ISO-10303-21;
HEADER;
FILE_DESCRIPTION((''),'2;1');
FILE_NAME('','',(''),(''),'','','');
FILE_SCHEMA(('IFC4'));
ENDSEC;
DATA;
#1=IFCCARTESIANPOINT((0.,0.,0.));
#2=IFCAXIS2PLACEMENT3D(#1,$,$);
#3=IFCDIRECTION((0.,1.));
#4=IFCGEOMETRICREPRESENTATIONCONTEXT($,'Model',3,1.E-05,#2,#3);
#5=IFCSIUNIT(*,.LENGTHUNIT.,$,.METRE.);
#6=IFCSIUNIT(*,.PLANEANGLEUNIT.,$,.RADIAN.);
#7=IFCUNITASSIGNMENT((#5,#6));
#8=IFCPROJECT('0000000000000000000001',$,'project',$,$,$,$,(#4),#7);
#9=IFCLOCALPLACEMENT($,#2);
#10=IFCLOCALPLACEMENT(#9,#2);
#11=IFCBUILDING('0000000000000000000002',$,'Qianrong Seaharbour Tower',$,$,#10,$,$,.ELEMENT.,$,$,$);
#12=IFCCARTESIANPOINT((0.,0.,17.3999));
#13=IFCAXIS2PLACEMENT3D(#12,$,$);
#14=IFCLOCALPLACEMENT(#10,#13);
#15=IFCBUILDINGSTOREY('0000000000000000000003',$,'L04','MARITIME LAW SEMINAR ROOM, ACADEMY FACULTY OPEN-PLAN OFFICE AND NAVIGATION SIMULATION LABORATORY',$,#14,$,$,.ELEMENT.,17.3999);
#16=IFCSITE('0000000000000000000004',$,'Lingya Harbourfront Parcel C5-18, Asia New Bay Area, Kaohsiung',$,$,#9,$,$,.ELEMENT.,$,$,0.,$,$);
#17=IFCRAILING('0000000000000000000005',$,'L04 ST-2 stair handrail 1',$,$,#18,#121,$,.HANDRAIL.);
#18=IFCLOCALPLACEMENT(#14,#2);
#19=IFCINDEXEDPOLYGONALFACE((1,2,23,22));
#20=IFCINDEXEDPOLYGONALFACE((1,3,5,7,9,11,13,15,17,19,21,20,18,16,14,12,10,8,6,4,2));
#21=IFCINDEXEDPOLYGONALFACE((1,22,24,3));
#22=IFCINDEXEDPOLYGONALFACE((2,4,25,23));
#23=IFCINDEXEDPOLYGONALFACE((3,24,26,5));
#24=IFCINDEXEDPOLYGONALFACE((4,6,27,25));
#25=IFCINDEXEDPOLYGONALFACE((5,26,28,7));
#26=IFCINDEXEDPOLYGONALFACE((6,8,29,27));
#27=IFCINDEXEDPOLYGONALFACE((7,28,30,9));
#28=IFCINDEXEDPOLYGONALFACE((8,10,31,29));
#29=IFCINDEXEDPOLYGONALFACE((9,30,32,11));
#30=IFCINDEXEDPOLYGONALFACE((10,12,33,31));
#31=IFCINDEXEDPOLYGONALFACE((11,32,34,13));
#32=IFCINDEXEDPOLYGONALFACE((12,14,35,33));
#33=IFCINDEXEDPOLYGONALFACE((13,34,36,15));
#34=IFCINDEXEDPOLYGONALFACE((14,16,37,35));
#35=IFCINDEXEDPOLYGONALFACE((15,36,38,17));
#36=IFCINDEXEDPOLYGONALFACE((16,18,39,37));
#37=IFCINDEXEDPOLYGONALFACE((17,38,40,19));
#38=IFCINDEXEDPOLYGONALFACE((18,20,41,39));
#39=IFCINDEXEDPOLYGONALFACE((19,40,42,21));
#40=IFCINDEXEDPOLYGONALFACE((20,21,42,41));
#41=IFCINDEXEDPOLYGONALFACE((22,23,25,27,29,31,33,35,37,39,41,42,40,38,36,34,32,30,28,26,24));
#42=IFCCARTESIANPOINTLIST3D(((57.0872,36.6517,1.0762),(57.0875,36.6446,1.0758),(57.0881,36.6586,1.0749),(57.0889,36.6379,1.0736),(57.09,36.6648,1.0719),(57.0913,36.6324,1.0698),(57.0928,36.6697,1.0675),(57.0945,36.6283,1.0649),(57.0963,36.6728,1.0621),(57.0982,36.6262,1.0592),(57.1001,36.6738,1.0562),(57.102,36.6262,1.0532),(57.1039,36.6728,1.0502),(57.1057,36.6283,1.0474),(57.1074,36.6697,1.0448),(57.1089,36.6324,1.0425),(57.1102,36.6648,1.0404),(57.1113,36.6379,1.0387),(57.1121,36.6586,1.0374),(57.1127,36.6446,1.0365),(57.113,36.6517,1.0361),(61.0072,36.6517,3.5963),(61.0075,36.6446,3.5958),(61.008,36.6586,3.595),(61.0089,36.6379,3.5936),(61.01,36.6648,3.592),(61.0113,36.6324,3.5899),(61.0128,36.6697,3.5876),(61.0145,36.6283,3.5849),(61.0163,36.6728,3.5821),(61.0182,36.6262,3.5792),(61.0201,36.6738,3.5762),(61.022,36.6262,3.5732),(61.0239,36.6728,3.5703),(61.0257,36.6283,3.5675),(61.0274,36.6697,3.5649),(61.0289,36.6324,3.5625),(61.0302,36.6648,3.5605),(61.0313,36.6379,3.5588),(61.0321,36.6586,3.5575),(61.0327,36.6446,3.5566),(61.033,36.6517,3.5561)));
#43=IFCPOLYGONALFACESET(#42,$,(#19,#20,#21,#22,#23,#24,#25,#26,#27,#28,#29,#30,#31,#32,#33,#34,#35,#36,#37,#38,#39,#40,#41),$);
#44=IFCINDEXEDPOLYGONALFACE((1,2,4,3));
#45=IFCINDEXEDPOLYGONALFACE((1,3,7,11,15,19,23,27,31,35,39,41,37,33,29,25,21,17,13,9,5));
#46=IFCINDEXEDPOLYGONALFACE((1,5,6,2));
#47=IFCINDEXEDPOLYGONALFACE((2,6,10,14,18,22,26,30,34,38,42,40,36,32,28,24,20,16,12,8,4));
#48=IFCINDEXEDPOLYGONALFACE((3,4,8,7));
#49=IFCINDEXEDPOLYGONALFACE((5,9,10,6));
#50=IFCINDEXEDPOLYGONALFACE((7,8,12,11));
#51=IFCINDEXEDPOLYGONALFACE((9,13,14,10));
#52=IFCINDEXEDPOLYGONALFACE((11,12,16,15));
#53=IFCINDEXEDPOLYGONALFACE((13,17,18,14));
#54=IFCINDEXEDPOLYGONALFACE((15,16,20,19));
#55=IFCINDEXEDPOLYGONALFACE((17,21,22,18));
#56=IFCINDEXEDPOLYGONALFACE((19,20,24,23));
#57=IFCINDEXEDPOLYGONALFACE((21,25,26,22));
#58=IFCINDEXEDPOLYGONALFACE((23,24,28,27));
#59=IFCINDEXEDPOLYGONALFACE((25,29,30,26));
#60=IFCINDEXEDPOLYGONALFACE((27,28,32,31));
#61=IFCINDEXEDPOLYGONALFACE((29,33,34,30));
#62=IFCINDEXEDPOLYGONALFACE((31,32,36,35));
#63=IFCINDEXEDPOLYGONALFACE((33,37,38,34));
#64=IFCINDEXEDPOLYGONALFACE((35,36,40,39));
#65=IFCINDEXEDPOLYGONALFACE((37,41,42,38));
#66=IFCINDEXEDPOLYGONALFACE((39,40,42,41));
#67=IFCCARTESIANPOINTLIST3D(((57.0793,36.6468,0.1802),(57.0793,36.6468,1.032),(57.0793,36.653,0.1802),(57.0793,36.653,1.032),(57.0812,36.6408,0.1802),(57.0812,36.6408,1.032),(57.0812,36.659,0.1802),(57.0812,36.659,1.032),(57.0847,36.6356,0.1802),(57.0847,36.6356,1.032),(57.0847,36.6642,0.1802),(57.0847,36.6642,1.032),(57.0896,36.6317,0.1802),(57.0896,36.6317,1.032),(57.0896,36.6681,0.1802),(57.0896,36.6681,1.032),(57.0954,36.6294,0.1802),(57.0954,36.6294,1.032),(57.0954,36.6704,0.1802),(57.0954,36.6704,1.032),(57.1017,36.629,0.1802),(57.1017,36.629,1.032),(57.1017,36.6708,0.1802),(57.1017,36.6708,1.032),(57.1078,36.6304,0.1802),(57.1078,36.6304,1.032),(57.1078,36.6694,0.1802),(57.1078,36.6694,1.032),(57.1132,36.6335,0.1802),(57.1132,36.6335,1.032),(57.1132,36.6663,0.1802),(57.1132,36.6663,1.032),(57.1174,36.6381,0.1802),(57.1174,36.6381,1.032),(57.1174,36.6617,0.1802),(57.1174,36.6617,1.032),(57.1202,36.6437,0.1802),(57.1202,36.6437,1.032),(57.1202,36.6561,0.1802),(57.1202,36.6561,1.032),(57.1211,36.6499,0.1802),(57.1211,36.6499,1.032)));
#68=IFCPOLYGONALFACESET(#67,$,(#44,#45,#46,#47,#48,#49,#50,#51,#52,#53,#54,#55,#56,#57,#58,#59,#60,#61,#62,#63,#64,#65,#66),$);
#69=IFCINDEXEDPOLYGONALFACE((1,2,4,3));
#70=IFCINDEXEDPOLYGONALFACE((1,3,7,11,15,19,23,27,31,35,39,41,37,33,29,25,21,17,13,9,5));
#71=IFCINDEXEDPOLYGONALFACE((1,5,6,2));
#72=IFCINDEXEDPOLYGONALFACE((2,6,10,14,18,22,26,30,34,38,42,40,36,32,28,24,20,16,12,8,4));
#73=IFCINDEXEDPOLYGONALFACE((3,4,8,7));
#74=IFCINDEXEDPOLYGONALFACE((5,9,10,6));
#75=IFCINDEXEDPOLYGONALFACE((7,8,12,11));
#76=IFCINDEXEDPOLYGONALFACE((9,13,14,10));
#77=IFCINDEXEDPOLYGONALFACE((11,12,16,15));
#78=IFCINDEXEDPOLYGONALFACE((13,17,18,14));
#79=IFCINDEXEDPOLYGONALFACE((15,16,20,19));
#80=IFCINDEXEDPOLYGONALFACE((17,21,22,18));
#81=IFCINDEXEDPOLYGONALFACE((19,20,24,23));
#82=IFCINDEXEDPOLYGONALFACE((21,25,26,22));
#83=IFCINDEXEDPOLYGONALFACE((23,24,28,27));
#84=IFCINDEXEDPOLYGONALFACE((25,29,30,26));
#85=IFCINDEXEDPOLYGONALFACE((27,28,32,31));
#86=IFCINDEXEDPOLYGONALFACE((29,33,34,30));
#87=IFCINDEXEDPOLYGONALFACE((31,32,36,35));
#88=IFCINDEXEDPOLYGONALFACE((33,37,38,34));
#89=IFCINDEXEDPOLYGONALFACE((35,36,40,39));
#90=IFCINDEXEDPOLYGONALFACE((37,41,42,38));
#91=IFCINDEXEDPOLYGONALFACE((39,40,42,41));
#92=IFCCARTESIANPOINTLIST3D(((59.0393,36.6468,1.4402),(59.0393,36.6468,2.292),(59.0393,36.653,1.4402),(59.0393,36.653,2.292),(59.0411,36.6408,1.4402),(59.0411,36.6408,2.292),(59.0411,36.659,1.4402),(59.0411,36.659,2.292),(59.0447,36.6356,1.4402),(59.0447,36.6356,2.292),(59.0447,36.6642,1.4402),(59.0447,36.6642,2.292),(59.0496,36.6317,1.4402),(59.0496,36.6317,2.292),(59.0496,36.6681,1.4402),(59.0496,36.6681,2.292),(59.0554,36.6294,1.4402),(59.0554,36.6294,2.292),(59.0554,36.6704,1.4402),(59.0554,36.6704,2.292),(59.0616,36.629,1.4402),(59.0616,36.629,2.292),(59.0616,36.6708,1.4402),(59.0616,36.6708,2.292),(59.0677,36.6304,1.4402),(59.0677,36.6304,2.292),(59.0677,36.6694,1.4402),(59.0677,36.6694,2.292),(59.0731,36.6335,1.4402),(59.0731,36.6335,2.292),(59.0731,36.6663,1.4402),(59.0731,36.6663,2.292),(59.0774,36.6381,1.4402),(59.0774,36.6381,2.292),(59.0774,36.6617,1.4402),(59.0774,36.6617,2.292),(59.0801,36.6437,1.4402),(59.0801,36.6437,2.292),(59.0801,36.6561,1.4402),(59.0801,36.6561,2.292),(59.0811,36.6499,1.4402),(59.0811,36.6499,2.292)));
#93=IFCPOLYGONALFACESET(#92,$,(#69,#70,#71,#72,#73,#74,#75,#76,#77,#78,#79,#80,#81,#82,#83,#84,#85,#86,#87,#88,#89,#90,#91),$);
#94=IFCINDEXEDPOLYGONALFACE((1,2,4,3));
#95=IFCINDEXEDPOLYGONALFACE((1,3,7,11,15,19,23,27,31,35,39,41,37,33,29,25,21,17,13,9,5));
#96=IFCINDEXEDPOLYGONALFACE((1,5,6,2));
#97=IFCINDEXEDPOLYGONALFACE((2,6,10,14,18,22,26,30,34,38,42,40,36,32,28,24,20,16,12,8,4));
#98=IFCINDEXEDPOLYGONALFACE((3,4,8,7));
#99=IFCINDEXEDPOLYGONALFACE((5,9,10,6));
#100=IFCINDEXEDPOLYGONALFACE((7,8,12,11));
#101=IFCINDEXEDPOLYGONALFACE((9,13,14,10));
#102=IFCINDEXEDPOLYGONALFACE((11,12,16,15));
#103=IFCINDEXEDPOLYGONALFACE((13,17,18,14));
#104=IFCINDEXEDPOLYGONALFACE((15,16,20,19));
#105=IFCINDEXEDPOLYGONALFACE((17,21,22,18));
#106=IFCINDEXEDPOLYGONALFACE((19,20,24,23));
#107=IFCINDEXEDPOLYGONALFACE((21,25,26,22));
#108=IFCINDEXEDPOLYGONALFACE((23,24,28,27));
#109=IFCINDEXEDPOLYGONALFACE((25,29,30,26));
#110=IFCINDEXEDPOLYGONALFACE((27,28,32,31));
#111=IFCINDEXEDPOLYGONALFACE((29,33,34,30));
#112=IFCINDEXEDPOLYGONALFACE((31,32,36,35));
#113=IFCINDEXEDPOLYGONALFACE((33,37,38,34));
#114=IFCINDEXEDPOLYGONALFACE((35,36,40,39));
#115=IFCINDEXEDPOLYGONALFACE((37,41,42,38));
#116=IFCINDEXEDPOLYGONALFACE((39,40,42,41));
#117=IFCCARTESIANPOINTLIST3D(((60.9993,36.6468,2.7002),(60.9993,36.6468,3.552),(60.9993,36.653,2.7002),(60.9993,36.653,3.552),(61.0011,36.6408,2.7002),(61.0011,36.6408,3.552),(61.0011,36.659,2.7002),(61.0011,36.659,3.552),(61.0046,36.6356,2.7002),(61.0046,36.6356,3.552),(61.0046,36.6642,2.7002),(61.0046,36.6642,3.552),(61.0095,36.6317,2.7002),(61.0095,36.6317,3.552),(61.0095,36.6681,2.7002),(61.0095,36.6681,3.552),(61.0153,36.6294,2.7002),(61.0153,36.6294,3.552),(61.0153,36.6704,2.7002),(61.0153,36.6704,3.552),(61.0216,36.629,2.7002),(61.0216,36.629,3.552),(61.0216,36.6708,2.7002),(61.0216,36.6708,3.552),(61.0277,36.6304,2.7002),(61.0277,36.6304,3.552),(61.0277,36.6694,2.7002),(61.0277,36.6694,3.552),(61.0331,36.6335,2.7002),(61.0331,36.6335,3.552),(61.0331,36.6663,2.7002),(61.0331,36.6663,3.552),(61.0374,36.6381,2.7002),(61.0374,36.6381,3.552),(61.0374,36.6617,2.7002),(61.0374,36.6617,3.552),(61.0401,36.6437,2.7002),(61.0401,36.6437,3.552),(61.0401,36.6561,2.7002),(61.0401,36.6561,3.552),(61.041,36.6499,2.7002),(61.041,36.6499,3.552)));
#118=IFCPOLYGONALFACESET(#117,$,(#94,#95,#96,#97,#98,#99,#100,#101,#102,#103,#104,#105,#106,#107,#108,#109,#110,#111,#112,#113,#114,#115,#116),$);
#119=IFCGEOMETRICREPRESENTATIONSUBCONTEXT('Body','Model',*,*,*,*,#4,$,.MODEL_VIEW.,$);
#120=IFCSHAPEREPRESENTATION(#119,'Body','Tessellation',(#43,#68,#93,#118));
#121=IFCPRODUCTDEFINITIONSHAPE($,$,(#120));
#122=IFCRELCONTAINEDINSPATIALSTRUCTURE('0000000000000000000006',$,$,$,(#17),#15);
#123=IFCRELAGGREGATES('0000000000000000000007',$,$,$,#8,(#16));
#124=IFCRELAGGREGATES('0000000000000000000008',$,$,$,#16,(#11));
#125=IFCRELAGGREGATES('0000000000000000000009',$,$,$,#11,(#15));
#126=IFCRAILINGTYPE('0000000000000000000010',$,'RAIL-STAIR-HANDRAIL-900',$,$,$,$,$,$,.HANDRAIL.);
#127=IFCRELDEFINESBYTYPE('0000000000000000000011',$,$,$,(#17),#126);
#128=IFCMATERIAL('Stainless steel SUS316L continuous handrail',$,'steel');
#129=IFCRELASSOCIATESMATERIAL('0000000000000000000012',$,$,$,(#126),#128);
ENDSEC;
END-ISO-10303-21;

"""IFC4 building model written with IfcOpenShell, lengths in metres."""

from ifc_helpers import new_model, si_unit, direction, frame, origin, origin_2d, place, context, subcontext, project, spatial, circle, extrude, material, type_object, element, save


model = new_model("IFC4")

# Units and contexts
model_context = context("Model", 3, precision=1e-05, world=origin(), true_north=direction((0.0, 1.0)))
body_context = subcontext(model_context, "Body", "Model", "MODEL_VIEW")
ifc_project = project(units=[si_unit("LENGTHUNIT", "METRE"), si_unit("PLANEANGLEUNIT", "RADIAN")], contexts=[model_context])

# Site, building, storey
site_placement = place(None, origin())
site = spatial("IfcSite", under=ifc_project, at=site_placement, Name="Lingya Harbourfront Parcel C5-18, Asia New Bay Area, Kaohsiung", CompositionType="ELEMENT", RefElevation=0.0)
building_placement = place(site_placement, origin())
building = spatial("IfcBuilding", under=site, at=building_placement, Name="Qianrong Seaharbour Tower", CompositionType="ELEMENT")
storey_placement = place(building_placement, frame((0.0, 0.0, 17.3999)))
storey = spatial("IfcBuildingStorey", under=building, at=storey_placement, Name="L04", Description="MARITIME LAW SEMINAR ROOM, ACADEMY FACULTY OPEN-PLAN OFFICE AND NAVIGATION SIMULATION LABORATORY", CompositionType="ELEMENT", Elevation=17.3999)

# Railing
ifc_material_1 = material(Name="Stainless steel SUS316L continuous handrail", Category="steel")
railing_type_1 = type_object("IfcRailingType", Name="RAIL-STAIR-HANDRAIL-900", PredefinedType="HANDRAIL", material=ifc_material_1)
railing_1_placement = place(storey_placement, frame((57.1001, 36.6499, 0.1802)))
element("IfcRailing", 1, at=railing_1_placement, inside=storey, type_object=railing_type_1, Name="L04 ST-2 stair handrail 1", PredefinedType="HANDRAIL", context=body_context, shape_type="SweptSolid", body=[
    extrude(circle(Radius=0.0239, at=origin_2d()), frame((0.0, 0.0, 0.876), z_axis=(0.841172, 0.0, 0.540768), x_axis=(0.0, 1.0, 0.0)), (0.0, 0.0, 1.0), 4.6602),
    extrude(circle(Radius=0.021, at=origin_2d()), origin(), (0.0, 0.0, 1.0), 0.8518),
    extrude(circle(Radius=0.021, at=origin_2d()), frame((1.96, 0.0, 1.26)), (0.0, 0.0, 1.0), 0.8518),
    extrude(circle(Radius=0.021, at=origin_2d()), frame((3.9199, 0.0, 2.52)), (0.0, 0.0, 1.0), 0.8518),
])

save(model, "model.ifc")
